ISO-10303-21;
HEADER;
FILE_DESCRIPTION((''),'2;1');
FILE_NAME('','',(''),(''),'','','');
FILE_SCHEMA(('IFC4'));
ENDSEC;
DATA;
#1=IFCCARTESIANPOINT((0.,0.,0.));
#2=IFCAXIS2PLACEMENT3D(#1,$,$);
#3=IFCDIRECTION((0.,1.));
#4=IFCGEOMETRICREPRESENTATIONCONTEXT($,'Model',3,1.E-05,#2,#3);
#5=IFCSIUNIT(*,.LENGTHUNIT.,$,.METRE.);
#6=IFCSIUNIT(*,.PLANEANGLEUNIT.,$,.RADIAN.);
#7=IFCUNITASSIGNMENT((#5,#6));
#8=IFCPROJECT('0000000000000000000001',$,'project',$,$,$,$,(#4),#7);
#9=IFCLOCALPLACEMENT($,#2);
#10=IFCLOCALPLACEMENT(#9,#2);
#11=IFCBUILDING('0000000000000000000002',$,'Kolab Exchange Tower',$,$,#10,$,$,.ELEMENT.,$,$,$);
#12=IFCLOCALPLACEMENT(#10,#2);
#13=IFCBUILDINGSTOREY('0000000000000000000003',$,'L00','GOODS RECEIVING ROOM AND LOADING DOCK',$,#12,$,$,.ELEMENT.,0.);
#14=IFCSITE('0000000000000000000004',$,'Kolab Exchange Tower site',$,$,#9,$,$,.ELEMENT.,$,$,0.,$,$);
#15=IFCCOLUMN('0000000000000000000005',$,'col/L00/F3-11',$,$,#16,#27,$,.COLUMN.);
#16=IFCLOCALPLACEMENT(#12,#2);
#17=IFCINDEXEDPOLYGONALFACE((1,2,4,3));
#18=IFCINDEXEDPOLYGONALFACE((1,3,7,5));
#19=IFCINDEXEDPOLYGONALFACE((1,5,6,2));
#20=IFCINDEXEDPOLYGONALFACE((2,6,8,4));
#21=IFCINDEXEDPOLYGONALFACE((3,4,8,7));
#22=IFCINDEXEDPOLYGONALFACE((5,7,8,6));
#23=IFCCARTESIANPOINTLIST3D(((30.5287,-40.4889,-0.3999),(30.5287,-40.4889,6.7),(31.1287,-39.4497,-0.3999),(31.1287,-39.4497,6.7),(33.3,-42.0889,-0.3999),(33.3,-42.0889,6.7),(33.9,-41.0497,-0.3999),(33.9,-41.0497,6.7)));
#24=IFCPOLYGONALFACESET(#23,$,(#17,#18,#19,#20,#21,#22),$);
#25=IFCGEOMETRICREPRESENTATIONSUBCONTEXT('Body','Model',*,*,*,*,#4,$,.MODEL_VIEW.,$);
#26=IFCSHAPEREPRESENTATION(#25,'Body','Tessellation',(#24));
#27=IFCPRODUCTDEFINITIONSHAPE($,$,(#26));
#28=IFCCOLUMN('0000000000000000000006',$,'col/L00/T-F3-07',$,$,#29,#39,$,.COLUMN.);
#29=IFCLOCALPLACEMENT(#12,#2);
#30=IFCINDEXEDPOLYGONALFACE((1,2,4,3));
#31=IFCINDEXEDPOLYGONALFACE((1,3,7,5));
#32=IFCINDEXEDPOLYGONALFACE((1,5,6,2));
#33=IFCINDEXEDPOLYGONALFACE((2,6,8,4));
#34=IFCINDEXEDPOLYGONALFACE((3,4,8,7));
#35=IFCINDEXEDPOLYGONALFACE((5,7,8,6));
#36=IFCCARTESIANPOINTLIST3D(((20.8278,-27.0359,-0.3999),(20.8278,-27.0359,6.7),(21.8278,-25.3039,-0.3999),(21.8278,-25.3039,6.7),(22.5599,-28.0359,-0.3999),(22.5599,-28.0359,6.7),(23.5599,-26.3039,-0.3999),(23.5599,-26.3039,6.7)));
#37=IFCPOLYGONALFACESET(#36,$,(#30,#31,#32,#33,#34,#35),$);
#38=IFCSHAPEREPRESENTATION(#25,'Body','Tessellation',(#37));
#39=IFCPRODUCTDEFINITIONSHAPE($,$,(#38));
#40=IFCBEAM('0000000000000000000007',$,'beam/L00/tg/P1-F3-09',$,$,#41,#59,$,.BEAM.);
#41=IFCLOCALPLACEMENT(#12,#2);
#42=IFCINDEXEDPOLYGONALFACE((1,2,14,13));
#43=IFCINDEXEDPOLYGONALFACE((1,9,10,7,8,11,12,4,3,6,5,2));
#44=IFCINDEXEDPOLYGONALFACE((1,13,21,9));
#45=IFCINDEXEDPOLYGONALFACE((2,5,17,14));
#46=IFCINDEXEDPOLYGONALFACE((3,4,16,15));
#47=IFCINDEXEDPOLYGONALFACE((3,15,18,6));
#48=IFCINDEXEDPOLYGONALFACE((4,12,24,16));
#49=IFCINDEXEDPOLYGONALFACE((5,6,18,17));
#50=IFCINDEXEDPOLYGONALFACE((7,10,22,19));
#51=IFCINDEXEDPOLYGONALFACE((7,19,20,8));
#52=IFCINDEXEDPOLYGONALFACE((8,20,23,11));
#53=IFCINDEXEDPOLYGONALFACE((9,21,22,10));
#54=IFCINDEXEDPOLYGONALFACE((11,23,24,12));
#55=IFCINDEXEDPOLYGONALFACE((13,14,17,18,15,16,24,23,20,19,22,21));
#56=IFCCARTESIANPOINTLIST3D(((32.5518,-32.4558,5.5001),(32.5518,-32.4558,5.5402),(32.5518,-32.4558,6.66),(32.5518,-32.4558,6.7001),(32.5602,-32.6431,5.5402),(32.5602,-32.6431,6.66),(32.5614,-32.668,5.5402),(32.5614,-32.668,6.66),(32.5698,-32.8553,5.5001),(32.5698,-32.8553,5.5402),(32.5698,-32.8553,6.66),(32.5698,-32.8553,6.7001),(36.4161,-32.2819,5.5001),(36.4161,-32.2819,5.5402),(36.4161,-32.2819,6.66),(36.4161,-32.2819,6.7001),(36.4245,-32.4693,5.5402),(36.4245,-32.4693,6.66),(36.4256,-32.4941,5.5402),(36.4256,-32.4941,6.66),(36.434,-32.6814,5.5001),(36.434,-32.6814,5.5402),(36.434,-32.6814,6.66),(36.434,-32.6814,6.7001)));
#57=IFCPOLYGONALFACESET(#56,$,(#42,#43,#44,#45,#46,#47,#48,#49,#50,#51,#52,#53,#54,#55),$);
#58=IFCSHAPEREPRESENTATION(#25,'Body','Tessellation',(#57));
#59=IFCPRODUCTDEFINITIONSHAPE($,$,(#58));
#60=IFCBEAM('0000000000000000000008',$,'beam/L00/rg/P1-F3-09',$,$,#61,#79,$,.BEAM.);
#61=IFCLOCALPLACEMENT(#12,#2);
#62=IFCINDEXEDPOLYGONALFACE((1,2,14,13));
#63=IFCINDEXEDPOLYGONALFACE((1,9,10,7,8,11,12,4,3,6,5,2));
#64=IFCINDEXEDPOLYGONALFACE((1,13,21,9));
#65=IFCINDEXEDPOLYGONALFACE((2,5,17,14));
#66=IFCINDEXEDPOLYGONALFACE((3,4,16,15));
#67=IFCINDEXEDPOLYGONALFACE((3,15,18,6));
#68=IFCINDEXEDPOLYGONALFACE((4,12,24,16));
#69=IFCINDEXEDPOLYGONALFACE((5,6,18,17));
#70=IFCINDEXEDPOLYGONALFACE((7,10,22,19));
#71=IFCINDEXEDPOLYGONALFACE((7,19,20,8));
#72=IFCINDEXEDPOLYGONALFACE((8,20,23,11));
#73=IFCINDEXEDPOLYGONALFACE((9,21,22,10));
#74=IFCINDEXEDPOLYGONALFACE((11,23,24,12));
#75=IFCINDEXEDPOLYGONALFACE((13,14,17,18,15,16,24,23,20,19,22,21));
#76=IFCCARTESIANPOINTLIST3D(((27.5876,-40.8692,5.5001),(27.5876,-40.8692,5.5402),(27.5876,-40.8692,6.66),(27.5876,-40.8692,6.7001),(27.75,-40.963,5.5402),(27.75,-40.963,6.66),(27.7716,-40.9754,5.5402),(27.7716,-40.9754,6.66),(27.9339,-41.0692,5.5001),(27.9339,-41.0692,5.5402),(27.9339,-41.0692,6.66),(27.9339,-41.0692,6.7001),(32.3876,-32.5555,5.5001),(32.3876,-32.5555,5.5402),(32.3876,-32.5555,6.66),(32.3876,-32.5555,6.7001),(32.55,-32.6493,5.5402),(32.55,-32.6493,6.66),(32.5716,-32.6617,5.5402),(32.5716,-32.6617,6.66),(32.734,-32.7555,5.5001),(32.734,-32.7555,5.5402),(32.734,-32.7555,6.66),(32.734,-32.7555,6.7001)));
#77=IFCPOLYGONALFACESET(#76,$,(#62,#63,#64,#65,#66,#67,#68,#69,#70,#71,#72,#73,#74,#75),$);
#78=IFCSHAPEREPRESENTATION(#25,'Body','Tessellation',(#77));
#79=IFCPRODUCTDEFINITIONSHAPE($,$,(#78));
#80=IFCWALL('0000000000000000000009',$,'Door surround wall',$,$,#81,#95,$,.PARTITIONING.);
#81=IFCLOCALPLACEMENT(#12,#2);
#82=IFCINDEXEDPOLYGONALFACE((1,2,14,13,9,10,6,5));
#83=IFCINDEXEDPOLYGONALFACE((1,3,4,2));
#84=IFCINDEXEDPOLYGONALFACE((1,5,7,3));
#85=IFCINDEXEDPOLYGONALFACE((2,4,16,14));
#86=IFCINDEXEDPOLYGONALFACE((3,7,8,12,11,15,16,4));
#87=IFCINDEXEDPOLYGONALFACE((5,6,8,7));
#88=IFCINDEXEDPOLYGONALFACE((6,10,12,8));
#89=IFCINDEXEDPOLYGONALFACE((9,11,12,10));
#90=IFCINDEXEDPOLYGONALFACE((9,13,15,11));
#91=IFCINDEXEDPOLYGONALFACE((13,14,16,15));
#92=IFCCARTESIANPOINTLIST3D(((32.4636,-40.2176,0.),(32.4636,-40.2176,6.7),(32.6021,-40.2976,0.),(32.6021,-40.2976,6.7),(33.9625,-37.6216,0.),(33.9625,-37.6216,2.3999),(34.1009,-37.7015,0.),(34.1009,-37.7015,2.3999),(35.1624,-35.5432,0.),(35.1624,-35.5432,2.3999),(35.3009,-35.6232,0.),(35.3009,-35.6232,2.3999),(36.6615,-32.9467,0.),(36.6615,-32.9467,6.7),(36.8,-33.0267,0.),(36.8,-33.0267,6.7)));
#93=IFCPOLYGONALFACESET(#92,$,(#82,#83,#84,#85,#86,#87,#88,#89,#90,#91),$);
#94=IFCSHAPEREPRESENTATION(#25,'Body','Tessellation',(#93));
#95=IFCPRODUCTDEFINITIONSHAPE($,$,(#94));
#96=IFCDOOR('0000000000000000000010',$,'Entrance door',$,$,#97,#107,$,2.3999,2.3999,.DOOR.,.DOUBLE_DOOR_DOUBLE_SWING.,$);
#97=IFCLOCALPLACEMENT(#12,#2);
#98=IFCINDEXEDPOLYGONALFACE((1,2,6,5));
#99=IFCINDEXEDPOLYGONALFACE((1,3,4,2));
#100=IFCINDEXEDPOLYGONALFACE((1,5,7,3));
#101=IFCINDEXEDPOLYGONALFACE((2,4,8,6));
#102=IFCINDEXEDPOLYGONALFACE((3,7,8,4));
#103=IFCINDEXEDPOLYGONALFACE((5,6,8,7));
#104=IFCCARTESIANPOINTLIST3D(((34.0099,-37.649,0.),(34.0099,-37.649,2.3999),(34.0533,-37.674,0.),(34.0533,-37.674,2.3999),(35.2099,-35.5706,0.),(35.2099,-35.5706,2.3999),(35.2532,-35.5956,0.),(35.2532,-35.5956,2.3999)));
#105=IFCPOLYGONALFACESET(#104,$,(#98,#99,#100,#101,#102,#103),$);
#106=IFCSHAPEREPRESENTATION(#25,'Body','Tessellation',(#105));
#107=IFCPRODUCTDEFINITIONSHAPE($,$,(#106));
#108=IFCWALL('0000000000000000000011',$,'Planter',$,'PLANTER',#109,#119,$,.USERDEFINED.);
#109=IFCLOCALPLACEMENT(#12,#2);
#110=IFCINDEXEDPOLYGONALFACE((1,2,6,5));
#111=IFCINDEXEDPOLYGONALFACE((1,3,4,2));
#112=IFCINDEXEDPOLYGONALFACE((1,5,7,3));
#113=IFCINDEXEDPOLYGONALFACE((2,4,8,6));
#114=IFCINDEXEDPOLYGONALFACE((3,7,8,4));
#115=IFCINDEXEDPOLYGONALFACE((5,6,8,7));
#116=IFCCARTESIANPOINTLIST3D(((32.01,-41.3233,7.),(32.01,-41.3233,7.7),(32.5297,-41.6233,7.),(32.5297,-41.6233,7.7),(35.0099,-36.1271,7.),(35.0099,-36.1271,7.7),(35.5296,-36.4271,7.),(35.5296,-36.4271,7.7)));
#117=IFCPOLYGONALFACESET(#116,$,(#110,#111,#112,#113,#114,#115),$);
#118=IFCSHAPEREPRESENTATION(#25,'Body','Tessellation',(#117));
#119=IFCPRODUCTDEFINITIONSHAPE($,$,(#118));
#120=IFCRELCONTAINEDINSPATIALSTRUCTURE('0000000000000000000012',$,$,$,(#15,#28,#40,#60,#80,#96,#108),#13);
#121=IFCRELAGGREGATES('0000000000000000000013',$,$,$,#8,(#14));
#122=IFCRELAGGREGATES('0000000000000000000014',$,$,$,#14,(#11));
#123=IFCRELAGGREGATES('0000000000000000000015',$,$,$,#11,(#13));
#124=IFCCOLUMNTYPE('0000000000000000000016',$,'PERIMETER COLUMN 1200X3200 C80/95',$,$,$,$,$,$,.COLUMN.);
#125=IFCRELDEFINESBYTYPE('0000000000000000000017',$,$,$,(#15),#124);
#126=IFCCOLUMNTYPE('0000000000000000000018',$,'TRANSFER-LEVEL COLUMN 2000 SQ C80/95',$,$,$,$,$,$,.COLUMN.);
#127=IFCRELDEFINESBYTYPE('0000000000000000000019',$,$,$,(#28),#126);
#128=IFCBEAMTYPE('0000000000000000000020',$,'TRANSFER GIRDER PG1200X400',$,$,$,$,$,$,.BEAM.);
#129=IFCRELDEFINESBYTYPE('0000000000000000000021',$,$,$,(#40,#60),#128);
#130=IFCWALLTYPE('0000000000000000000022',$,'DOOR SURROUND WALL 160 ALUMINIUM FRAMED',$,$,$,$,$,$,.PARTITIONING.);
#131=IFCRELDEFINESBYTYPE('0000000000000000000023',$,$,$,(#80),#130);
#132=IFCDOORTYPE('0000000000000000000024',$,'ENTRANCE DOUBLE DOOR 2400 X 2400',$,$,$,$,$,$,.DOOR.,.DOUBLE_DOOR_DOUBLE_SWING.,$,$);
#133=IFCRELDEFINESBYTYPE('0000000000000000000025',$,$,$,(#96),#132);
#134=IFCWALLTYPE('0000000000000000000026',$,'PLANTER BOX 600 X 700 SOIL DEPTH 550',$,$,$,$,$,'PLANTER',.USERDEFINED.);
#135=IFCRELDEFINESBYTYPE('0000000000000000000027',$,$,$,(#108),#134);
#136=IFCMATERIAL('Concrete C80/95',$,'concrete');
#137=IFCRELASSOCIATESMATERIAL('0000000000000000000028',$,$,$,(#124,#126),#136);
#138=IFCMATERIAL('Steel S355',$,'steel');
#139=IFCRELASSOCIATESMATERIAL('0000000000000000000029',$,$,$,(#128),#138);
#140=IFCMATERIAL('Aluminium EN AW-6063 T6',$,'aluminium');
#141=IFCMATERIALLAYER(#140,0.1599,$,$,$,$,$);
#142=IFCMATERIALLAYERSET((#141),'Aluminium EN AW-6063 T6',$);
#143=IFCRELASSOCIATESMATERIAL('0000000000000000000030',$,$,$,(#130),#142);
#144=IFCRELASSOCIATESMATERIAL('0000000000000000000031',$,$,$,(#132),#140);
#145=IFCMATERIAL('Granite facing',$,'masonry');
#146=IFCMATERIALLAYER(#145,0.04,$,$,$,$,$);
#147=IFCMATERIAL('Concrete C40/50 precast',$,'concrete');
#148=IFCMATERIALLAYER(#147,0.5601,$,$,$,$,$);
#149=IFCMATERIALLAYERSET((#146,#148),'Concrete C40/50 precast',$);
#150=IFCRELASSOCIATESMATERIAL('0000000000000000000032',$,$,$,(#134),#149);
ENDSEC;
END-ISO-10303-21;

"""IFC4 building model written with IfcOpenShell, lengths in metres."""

from ifc_helpers import new_model, si_unit, direction, frame, frame_2d, origin, origin_2d, place, context, subcontext, project, spatial, rectangle, i_section, extrude, material, layer, layer_set, material_profile, profile_set, type_object, element, fill, save


model = new_model("IFC4")

# Units and contexts
model_context = context("Model", 3, precision=1e-05, world=origin(), true_north=direction((0.0, 1.0)))
body_context = subcontext(model_context, "Body", "Model", "MODEL_VIEW")
ifc_project = project(units=[si_unit("LENGTHUNIT", "METRE"), si_unit("PLANEANGLEUNIT", "RADIAN")], contexts=[model_context])

# Site, building, storey
site_placement = place(None, origin())
site = spatial("IfcSite", under=ifc_project, at=site_placement, Name="Kolab Exchange Tower site", CompositionType="ELEMENT", RefElevation=0.0)
building_placement = place(site_placement, origin())
building = spatial("IfcBuilding", under=site, at=building_placement, Name="Kolab Exchange Tower", CompositionType="ELEMENT")
storey_placement = place(building_placement, origin())
storey = spatial("IfcBuildingStorey", under=building, at=storey_placement, Name="L00", Description="GOODS RECEIVING ROOM AND LOADING DOCK", CompositionType="ELEMENT", Elevation=0.0)

# Columns
ifc_material_1 = material(Name="Concrete C80/95", Category="concrete")
ifc_material_profile_1 = material_profile(ifc_material_1, rectangle(XDim=1.2, YDim=3.2, at=origin_2d()), Name="RC1200X3200")
ifc_profile_set_1 = profile_set([ifc_material_profile_1], Name="Concrete C80/95")
column_type_1 = type_object("IfcColumnType", Name="PERIMETER COLUMN 1200X3200 C80/95", PredefinedType="COLUMN", material=ifc_profile_set_1)
for number, where, z_axis, x_axis, name in (
    (1, (32.2144, -40.7693, -0.3999), (0.0, 0.0, 1.0), (0.5, 0.866025, 0.0), "col/L00/F3-11"),
):
    element("IfcColumn", number, at=place(storey_placement, frame(where, z_axis=z_axis, x_axis=x_axis)), inside=storey, type_object=column_type_1, Name=name, PredefinedType="COLUMN", context=body_context, shape_type="SweptSolid", body=[
        extrude(rectangle(XDim=1.2, YDim=3.2, at=origin_2d()), origin(), (0.0, 0.0, 1.0), 7.0999),
    ])
ifc_material_profile_2 = material_profile(ifc_material_1, rectangle(XDim=2.0, YDim=2.0, at=origin_2d()), Name="RC2000")
ifc_profile_set_2 = profile_set([ifc_material_profile_2], Name="Concrete C80/95")
column_type_2 = type_object("IfcColumnType", Name="TRANSFER-LEVEL COLUMN 2000 SQ C80/95", PredefinedType="COLUMN", material=ifc_profile_set_2)
column_placement = place(storey_placement, frame((22.1938, -26.6699, -0.3999), z_axis=(0.0, 0.0, 1.0), x_axis=(0.5, 0.866025, 0.0)))
element("IfcColumn", 2, at=column_placement, inside=storey, type_object=column_type_2, Name="col/L00/T-F3-07", PredefinedType="COLUMN", context=body_context, shape_type="SweptSolid", body=[
    extrude(rectangle(XDim=2.0, YDim=2.0, at=origin_2d()), origin(), (0.0, 0.0, 1.0), 7.0999),
])

# Beams
ifc_material_2 = material(Name="Steel S355", Category="steel")
ifc_material_profile_3 = material_profile(ifc_material_2, i_section(OverallWidth=0.3999, OverallDepth=1.2, WebThickness=0.0249, FlangeThickness=0.04, at=origin_2d()), Name="PG1200X400")
ifc_profile_set_3 = profile_set([ifc_material_profile_3], Name="Steel S355")
beam_type = type_object("IfcBeamType", Name="TRANSFER GIRDER PG1200X400", PredefinedType="BEAM", material=ifc_profile_set_3)
beam_1_placement = place(storey_placement, frame((32.5608, -32.6555, 6.1001), z_axis=(0.99899, 0.044938, 0.0), x_axis=(-0.044938, 0.99899, 0.0)))
element("IfcBeam", 3, at=beam_1_placement, inside=storey, type_object=beam_type, Name="beam/L00/tg/P1-F3-09", PredefinedType="BEAM", context=body_context, shape_type="SweptSolid", body=[
    extrude(i_section(OverallWidth=0.3999, OverallDepth=1.2, WebThickness=0.0249, FlangeThickness=0.04, at=origin_2d()), origin(), (0.0, 0.0, 1.0), 3.8682),
])
beam_2_placement = place(storey_placement, frame((32.5608, -32.6555, 6.1001), z_axis=(-0.500009, -0.86602, 0.0), x_axis=(0.86602, -0.500009, 0.0)))
element("IfcBeam", 4, at=beam_2_placement, inside=storey, type_object=beam_type, Name="beam/L00/rg/P1-F3-09", PredefinedType="BEAM", context=body_context, shape_type="SweptSolid", body=[
    extrude(i_section(OverallWidth=0.3999, OverallDepth=1.2, WebThickness=0.0249, FlangeThickness=0.04, at=origin_2d()), origin(), (0.0, 0.0, 1.0), 9.5999),
])

# Wall, opening, door
ifc_material_3 = material(Name="Aluminium EN AW-6063 T6", Category="aluminium")
ifc_layer_1 = layer(ifc_material_3, 0.1599)
ifc_layer_set_1 = layer_set([ifc_layer_1], Name="Aluminium EN AW-6063 T6")
wall_type_1 = type_object("IfcWallType", Name="DOOR SURROUND WALL 160 ALUMINIUM FRAMED", PredefinedType="PARTITIONING", material=ifc_layer_set_1)
wall_1_placement = place(storey_placement, frame((36.7307, -32.9868, 0.0), z_axis=(0.0, 0.0, 1.0), x_axis=(-0.500008, -0.866021, 0.0)))
wall_1 = element("IfcWall", 5, at=wall_1_placement, inside=storey, type_object=wall_type_1, Name="Door surround wall", PredefinedType="PARTITIONING", context=body_context, shape_type="SweptSolid", body=[
    extrude(rectangle(XDim=8.3958, YDim=0.1599, at=frame_2d((4.1978, 0.0))), origin(), (0.0, 0.0, 1.0), 6.7),
])
opening_placement = place(wall_1_placement, frame((2.998, 0.0, 0.0)))
opening = element("IfcOpeningElement", 6, at=opening_placement, cuts=wall_1, PredefinedType="OPENING", context=body_context, shape_type="SweptSolid", body=[
    extrude(rectangle(XDim=2.3999, YDim=2.3999, at=frame_2d((1.2, 1.2))), frame((0.0, 0.0898, 0.0), z_axis=(0.0, -1.0, 0.0), x_axis=(1.0, 0.0, 0.0)), (0.0, 0.0, 1.0), 0.1799),
])
door_type = type_object("IfcDoorType", Name="ENTRANCE DOUBLE DOOR 2400 X 2400", OperationType="DOUBLE_DOOR_DOUBLE_SWING", PredefinedType="DOOR", material=ifc_material_3)
door_placement = place(opening_placement, origin())
door = element("IfcDoor", 7, at=door_placement, inside=storey, type_object=door_type, Name="Entrance door", OperationType="DOUBLE_DOOR_DOUBLE_SWING", OverallHeight=2.3999, OverallWidth=2.3999, PredefinedType="DOOR", context=body_context, shape_type="SweptSolid", body=[
    extrude(rectangle(XDim=2.3999, YDim=2.3999, at=frame_2d((1.2, 1.2))), frame((0.0, 0.0249, 0.0), z_axis=(0.0, -1.0, 0.0), x_axis=(1.0, 0.0, 0.0)), (0.0, 0.0, 1.0), 0.05),
])
fill(opening, door)

# Wall
ifc_material_4 = material(Name="Granite facing", Category="masonry")
ifc_layer_2 = layer(ifc_material_4, 0.04)
ifc_material_5 = material(Name="Concrete C40/50 precast", Category="concrete")
ifc_layer_3 = layer(ifc_material_5, 0.5601)
ifc_layer_set_2 = layer_set([ifc_layer_2, ifc_layer_3], Name="Concrete C40/50 precast")
wall_type_2 = type_object("IfcWallType", Name="PLANTER BOX 600 X 700 SOIL DEPTH 550", ElementType="PLANTER", PredefinedType="USERDEFINED", material=ifc_layer_set_2)
wall_2_placement = place(storey_placement, frame((35.2698, -36.2771, 7.0), z_axis=(0.0, 0.0, 1.0), x_axis=(-0.49999, -0.866031, 0.0)))
element("IfcWall", 8, at=wall_2_placement, inside=storey, type_object=wall_type_2, Name="Planter", ObjectType="PLANTER", PredefinedType="USERDEFINED", context=body_context, shape_type="SweptSolid", body=[
    extrude(rectangle(XDim=6.0, YDim=0.6001, at=frame_2d((3.0, 0.0))), origin(), (0.0, 0.0, 1.0), 0.7),
])

save(model, "model.ifc")
